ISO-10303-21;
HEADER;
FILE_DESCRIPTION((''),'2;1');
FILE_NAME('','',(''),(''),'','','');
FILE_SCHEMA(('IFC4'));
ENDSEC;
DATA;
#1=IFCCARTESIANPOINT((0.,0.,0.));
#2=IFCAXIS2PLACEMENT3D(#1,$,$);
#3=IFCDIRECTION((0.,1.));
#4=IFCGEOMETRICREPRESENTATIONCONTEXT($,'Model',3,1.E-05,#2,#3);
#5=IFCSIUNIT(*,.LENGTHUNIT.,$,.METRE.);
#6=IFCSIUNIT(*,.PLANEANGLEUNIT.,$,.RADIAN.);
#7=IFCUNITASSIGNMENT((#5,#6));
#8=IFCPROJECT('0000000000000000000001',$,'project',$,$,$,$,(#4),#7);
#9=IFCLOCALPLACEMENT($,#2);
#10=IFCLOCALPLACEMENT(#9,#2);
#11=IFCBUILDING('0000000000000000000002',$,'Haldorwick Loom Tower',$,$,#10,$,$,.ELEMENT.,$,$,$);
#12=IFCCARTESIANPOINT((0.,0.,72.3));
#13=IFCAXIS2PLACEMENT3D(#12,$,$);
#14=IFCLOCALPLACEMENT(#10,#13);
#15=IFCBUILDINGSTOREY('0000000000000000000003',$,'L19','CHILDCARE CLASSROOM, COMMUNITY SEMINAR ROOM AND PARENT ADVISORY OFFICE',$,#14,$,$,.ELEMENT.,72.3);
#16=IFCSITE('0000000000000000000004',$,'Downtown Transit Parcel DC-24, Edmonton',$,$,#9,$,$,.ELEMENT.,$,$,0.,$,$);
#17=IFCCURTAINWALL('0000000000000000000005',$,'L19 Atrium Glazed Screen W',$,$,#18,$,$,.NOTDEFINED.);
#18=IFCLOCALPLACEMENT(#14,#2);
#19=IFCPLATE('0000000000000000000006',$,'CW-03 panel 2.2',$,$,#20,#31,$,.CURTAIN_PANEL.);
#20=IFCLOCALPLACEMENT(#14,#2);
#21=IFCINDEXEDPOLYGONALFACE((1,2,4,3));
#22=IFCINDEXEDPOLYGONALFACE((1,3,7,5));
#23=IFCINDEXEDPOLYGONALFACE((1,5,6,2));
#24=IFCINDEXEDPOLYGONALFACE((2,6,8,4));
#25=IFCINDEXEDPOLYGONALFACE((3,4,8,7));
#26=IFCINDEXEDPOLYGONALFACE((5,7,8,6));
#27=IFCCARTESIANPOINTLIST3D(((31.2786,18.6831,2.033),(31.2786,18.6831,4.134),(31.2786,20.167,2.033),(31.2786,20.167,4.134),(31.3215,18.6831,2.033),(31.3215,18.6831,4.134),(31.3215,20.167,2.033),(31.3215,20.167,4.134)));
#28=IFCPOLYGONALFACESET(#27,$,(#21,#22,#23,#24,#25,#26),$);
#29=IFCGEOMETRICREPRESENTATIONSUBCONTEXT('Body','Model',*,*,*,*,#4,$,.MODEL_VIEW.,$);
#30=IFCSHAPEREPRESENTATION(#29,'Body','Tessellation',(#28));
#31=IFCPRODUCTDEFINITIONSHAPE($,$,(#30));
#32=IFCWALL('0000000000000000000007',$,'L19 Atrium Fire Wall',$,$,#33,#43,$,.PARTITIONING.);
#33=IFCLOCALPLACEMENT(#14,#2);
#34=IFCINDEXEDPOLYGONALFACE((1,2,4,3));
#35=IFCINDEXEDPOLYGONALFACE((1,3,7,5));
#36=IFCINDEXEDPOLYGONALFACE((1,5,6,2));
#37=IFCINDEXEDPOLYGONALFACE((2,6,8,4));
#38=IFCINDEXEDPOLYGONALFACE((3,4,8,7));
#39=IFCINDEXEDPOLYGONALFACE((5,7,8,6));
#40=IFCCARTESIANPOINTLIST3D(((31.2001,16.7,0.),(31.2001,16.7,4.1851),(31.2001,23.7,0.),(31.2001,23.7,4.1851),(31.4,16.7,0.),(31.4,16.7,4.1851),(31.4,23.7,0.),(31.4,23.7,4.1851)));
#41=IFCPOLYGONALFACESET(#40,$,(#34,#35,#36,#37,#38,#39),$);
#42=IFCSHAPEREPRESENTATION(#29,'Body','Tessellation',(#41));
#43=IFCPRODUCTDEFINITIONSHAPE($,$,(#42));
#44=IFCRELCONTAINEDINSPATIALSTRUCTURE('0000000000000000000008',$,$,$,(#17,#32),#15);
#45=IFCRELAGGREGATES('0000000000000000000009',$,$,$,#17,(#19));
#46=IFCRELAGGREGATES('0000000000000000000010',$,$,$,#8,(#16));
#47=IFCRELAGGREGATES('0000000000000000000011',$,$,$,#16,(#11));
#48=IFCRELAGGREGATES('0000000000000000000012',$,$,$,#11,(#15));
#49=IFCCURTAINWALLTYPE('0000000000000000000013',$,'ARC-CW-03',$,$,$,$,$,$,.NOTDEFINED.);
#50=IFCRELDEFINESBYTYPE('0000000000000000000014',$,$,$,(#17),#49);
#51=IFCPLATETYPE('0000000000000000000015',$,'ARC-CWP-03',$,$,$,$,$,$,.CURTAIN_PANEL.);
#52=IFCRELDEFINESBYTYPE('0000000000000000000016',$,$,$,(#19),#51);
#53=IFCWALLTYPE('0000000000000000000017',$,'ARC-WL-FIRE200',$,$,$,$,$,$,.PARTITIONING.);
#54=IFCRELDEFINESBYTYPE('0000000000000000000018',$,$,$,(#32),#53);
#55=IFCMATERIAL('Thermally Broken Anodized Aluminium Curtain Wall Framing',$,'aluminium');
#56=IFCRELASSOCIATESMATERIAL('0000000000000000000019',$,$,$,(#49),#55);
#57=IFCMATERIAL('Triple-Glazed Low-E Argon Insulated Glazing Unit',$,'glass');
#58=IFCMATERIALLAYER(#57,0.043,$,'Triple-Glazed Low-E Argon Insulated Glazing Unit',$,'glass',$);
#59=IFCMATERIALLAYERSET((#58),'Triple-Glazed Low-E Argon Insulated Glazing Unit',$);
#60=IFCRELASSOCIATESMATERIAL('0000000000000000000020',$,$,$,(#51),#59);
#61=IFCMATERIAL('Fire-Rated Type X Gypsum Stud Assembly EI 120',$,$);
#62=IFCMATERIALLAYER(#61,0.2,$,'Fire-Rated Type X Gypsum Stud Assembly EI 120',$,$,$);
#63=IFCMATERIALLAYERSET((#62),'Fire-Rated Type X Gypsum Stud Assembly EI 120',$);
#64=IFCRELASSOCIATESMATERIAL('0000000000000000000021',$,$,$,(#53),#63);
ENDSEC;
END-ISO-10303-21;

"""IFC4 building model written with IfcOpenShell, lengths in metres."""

from ifc_helpers import new_model, si_unit, direction, frame, frame_2d, origin, origin_2d, place, context, subcontext, project, spatial, rectangle, extrude, material, layer, layer_set, type_object, element, aggregate, save


model = new_model("IFC4")

# Units and contexts
model_context = context("Model", 3, precision=1e-05, world=origin(), true_north=direction((0.0, 1.0)))
body_context = subcontext(model_context, "Body", "Model", "MODEL_VIEW")
ifc_project = project(units=[si_unit("LENGTHUNIT", "METRE"), si_unit("PLANEANGLEUNIT", "RADIAN")], contexts=[model_context])

# Site, building, storey
site_placement = place(None, origin())
site = spatial("IfcSite", under=ifc_project, at=site_placement, Name="Downtown Transit Parcel DC-24, Edmonton", CompositionType="ELEMENT", RefElevation=0.0)
building_placement = place(site_placement, origin())
building = spatial("IfcBuilding", under=site, at=building_placement, Name="Haldorwick Loom Tower", CompositionType="ELEMENT")
storey_placement = place(building_placement, frame((0.0, 0.0, 72.3)))
storey = spatial("IfcBuildingStorey", under=building, at=storey_placement, Name="L19", Description="CHILDCARE CLASSROOM, COMMUNITY SEMINAR ROOM AND PARENT ADVISORY OFFICE", CompositionType="ELEMENT", Elevation=72.3)

# Curtain wall
ifc_material_1 = material(Name="Thermally Broken Anodized Aluminium Curtain Wall Framing", Category="aluminium")
curtain_wall_type = type_object("IfcCurtainWallType", Name="ARC-CW-03", PredefinedType="NOTDEFINED", material=ifc_material_1)
curtain_wall_1_placement = place(storey_placement, origin())
curtain_wall_1 = element("IfcCurtainWall", 1, at=curtain_wall_1_placement, inside=storey, type_object=curtain_wall_type, Name="L19 Atrium Glazed Screen W", PredefinedType="NOTDEFINED")

# Plate
ifc_material_2 = material(Name="Triple-Glazed Low-E Argon Insulated Glazing Unit", Category="glass")
ifc_layer_1 = layer(ifc_material_2, 0.043, Name="Triple-Glazed Low-E Argon Insulated Glazing Unit", Category="glass")
ifc_layer_set_1 = layer_set([ifc_layer_1], Name="Triple-Glazed Low-E Argon Insulated Glazing Unit")
plate_type = type_object("IfcPlateType", Name="ARC-CWP-03", PredefinedType="CURTAIN_PANEL", material=ifc_layer_set_1)
plate_1_placement = place(storey_placement, frame((31.3, 19.425, 2.033), z_axis=(0.0, 0.0, 1.0), x_axis=(0.0, 1.0, 0.0)))
plate_1 = element("IfcPlate", 2, at=plate_1_placement, type_object=plate_type, Name="CW-03 panel 2.2", PredefinedType="CURTAIN_PANEL", context=body_context, shape_type="SweptSolid", body=[
    extrude(rectangle(XDim=1.4839, YDim=0.043, at=origin_2d()), origin(), (0.0, 0.0, 1.0), 2.1011),
])
aggregate(curtain_wall_1, [plate_1])

# Wall
ifc_material_3 = material(Name="Fire-Rated Type X Gypsum Stud Assembly EI 120")
ifc_layer_2 = layer(ifc_material_3, 0.2, Name="Fire-Rated Type X Gypsum Stud Assembly EI 120")
ifc_layer_set_2 = layer_set([ifc_layer_2], Name="Fire-Rated Type X Gypsum Stud Assembly EI 120")
wall_type = type_object("IfcWallType", Name="ARC-WL-FIRE200", PredefinedType="PARTITIONING", material=ifc_layer_set_2)
wall_placement = place(storey_placement, frame((31.3, 16.7, 0.0), z_axis=(0.0, 0.0, 1.0), x_axis=(0.0, 1.0, 0.0)))
element("IfcWall", 3, at=wall_placement, inside=storey, type_object=wall_type, Name="L19 Atrium Fire Wall", PredefinedType="PARTITIONING", context=body_context, shape_type="SweptSolid", body=[
    extrude(rectangle(XDim=7.0, YDim=0.2, at=frame_2d((3.5, 0.0))), origin(), (0.0, 0.0, 1.0), 4.1851),
])

save(model, "model.ifc")
